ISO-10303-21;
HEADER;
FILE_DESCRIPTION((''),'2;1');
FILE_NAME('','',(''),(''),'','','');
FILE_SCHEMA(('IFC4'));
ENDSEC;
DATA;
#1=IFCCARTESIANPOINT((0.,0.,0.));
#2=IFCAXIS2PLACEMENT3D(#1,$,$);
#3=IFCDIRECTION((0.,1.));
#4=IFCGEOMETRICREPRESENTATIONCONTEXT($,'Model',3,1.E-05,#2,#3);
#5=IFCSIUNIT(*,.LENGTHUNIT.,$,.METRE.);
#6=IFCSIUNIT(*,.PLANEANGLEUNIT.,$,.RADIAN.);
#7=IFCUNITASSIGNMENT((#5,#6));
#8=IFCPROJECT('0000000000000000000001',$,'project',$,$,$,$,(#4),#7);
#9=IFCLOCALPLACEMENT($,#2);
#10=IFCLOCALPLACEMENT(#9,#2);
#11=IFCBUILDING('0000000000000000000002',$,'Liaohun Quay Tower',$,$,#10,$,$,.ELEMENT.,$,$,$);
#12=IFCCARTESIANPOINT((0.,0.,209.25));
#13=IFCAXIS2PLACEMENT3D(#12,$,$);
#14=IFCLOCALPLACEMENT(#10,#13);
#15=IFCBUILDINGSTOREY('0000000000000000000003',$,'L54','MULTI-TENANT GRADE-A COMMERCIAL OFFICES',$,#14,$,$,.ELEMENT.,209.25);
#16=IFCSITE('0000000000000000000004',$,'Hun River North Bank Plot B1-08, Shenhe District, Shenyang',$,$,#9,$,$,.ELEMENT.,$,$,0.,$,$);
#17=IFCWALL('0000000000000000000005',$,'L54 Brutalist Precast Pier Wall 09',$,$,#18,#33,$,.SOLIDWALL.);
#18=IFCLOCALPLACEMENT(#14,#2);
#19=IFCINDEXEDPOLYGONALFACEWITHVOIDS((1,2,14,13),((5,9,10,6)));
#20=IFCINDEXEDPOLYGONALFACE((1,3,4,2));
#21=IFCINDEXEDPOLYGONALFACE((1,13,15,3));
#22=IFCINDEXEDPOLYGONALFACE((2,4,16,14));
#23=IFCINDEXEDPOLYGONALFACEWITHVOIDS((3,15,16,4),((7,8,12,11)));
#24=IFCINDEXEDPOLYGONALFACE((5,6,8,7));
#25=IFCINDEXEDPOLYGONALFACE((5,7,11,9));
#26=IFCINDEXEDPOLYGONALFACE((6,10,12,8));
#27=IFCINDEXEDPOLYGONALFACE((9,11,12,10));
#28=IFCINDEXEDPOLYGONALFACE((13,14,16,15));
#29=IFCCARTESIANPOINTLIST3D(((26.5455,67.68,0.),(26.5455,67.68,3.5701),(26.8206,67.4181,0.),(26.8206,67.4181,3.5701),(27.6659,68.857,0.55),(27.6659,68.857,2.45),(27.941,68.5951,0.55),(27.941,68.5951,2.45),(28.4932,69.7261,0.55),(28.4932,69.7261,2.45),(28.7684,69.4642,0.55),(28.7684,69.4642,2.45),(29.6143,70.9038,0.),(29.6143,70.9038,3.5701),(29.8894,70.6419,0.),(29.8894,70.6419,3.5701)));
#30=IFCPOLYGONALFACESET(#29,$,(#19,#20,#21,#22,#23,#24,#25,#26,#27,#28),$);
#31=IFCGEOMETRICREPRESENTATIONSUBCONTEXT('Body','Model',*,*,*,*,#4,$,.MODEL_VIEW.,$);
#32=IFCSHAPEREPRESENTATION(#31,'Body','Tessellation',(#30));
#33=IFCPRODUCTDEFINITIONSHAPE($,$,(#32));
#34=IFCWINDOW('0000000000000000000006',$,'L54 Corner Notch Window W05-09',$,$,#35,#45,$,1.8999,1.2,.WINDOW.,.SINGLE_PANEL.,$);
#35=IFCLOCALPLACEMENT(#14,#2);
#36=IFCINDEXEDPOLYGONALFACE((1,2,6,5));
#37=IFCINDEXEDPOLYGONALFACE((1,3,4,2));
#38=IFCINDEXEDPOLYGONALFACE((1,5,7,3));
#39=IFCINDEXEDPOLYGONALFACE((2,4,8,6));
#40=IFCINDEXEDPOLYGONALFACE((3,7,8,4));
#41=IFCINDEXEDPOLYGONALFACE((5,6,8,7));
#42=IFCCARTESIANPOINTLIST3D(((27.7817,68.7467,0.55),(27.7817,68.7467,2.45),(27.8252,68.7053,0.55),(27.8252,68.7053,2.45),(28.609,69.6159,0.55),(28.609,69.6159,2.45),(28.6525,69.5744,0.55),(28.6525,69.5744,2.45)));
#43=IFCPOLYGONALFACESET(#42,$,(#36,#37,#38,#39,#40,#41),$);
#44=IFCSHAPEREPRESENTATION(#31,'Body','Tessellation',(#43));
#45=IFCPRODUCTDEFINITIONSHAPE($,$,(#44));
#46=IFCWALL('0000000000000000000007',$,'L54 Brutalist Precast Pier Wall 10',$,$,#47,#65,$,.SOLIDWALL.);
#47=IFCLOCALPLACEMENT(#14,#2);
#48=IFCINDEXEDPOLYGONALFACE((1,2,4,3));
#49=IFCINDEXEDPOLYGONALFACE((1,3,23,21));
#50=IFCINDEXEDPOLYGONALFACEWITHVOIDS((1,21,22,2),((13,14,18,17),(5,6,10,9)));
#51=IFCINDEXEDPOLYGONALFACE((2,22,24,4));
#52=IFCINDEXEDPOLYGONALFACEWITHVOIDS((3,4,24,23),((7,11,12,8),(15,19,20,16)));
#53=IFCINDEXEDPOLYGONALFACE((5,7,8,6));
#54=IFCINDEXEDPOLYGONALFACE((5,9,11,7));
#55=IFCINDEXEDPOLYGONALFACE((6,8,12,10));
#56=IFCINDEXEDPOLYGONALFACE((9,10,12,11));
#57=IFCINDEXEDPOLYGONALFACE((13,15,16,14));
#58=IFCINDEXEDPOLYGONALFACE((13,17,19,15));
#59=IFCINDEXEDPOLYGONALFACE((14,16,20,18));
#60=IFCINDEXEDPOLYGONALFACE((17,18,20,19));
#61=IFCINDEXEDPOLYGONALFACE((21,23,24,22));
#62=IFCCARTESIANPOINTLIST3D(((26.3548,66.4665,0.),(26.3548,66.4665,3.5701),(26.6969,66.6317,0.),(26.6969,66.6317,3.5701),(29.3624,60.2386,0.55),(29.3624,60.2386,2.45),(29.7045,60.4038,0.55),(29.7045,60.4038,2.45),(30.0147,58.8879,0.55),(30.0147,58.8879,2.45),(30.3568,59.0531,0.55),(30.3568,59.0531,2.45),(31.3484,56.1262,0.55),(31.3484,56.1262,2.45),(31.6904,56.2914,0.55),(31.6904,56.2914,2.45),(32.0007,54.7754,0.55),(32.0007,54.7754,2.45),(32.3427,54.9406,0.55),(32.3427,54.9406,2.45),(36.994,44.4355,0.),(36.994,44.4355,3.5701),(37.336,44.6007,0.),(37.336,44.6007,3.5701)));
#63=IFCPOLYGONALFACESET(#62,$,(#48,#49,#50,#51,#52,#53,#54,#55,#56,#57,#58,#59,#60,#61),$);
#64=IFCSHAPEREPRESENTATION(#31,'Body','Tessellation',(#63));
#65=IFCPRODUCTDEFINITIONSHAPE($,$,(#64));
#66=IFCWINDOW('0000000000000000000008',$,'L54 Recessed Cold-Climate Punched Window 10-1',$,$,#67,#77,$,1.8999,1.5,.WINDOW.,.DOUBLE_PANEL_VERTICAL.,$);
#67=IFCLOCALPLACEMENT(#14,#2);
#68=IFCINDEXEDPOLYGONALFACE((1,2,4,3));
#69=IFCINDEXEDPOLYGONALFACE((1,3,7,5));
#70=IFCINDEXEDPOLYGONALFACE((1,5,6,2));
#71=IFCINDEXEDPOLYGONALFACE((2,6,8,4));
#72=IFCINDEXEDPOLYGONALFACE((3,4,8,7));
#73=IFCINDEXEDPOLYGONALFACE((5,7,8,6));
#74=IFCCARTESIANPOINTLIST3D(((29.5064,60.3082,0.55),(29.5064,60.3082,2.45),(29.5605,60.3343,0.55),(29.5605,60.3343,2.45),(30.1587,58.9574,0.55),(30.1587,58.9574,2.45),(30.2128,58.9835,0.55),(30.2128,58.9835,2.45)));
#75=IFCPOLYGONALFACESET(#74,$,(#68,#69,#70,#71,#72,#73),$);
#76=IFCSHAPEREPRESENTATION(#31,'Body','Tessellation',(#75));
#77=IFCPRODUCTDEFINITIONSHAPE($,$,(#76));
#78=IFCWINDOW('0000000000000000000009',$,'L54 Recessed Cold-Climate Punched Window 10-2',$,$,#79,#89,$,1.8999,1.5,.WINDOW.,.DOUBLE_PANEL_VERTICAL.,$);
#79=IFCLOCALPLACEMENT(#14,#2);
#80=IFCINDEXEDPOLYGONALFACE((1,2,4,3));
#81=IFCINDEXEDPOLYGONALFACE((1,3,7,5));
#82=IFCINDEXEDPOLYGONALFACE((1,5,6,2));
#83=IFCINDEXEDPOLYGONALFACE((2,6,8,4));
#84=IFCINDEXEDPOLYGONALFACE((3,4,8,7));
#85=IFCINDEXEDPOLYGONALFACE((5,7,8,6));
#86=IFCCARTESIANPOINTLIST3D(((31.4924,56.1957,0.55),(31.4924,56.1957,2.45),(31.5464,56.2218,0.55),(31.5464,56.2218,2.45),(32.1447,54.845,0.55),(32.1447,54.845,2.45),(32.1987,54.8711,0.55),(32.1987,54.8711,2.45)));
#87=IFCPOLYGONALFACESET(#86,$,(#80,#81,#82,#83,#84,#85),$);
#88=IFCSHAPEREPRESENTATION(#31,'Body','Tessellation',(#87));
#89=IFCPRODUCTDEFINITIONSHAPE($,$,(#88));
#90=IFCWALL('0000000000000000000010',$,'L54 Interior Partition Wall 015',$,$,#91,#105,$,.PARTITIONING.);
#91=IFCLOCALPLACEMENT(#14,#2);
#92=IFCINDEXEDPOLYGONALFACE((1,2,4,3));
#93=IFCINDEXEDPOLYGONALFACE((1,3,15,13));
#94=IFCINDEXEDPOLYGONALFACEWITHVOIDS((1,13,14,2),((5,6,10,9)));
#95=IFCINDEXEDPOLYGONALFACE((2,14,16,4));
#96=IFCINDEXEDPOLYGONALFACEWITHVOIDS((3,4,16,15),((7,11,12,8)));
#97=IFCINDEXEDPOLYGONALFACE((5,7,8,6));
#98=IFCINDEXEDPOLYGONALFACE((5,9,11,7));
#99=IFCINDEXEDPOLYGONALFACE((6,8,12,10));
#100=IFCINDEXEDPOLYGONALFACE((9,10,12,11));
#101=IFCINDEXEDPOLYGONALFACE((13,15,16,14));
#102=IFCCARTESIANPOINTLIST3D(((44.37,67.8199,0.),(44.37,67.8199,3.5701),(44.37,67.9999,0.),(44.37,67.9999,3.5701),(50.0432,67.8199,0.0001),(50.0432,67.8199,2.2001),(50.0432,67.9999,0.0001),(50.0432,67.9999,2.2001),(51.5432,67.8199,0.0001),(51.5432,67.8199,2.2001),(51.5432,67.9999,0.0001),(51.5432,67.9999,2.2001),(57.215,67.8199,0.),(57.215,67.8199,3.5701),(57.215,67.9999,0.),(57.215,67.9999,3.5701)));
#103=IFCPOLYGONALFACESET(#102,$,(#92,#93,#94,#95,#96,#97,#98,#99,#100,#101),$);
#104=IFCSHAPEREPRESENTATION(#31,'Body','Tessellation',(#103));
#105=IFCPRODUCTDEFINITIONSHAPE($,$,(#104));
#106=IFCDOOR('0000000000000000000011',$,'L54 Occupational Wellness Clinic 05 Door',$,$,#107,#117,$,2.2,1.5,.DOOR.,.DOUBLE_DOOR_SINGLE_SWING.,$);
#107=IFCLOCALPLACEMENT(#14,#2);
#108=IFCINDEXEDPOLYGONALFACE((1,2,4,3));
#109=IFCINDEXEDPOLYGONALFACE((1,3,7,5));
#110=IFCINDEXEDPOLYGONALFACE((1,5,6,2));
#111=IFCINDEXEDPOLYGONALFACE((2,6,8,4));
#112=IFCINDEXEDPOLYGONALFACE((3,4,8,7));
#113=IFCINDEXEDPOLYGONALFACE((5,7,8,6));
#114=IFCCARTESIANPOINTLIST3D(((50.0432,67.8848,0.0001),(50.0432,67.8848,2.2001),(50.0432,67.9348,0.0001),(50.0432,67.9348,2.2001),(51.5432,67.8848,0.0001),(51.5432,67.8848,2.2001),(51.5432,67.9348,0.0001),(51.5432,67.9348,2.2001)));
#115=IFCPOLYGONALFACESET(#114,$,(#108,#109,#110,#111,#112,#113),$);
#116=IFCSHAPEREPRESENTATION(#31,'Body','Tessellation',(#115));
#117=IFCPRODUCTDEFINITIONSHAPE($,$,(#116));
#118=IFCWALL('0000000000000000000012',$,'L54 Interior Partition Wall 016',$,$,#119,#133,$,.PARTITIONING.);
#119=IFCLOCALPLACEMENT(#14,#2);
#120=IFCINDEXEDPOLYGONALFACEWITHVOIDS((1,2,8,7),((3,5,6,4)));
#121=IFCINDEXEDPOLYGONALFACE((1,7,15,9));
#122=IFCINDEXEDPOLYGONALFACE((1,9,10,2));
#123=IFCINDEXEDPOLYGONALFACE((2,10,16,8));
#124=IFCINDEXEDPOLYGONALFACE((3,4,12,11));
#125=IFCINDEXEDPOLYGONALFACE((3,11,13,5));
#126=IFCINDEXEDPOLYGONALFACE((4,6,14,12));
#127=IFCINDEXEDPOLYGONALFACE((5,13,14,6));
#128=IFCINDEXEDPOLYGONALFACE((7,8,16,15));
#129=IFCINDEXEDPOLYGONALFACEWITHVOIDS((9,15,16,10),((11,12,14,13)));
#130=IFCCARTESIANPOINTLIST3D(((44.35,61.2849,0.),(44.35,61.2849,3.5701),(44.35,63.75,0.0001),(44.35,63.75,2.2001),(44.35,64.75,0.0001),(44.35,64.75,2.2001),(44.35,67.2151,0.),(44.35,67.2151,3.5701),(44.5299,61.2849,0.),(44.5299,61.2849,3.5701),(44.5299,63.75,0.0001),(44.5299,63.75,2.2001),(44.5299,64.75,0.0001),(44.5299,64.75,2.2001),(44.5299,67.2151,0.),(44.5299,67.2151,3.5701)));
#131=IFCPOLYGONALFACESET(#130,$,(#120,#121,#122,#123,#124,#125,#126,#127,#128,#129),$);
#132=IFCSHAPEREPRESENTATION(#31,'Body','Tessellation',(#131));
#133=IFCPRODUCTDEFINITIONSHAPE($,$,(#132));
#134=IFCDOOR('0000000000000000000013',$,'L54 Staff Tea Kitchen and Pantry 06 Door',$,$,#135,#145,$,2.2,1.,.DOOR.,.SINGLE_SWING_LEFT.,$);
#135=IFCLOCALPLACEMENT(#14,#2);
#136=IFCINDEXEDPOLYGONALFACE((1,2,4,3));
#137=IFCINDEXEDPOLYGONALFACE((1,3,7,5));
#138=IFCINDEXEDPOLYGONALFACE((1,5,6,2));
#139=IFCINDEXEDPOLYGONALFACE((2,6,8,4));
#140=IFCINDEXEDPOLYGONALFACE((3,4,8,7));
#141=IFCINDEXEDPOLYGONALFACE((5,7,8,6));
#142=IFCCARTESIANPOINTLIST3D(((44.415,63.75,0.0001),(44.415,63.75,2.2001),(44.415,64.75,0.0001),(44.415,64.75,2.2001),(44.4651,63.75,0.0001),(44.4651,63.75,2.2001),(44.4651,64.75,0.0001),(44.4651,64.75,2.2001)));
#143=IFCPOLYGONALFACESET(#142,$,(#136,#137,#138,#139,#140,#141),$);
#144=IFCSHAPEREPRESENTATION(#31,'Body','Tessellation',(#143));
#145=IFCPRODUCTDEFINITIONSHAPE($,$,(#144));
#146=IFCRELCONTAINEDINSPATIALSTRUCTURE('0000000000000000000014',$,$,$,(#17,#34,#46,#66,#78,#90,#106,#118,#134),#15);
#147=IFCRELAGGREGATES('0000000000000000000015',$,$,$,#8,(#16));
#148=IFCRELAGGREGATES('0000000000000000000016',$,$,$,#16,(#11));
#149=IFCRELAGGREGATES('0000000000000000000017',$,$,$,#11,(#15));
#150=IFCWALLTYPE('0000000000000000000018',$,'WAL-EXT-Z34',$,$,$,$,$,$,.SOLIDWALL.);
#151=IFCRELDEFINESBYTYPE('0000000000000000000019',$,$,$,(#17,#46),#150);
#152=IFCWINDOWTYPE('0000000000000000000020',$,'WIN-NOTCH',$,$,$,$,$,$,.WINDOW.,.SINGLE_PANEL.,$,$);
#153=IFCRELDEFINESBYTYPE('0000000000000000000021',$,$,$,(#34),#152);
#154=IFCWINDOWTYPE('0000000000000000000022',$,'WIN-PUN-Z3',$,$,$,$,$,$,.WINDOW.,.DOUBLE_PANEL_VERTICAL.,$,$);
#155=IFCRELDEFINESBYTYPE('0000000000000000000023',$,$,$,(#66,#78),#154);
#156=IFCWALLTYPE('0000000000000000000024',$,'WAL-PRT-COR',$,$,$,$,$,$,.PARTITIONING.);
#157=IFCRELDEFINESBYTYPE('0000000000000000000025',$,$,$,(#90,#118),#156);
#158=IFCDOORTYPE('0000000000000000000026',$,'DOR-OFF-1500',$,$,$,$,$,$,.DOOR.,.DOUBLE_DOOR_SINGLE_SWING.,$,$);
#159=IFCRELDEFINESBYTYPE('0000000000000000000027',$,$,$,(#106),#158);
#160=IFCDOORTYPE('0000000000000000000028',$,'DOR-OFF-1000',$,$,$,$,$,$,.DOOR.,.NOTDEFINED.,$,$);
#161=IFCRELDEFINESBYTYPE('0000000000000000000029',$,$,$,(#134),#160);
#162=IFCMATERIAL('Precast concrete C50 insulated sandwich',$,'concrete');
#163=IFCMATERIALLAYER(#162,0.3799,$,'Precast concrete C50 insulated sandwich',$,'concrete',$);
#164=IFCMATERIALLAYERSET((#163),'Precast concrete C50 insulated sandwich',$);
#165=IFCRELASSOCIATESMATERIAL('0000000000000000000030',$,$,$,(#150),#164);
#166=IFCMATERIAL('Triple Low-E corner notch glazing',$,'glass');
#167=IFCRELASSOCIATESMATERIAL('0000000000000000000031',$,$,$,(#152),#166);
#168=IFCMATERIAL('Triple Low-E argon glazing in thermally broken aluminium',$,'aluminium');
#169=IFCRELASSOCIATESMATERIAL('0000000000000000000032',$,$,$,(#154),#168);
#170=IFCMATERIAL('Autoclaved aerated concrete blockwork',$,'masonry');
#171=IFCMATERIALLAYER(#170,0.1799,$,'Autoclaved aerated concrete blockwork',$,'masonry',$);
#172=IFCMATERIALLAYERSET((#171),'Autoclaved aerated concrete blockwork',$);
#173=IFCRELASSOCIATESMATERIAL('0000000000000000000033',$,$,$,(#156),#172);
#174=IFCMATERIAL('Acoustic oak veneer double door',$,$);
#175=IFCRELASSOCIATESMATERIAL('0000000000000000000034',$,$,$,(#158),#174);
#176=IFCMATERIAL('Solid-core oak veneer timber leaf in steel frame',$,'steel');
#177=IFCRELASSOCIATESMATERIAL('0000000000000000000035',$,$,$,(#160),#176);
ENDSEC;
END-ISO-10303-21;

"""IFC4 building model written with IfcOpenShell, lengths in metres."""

from ifc_helpers import new_model, si_unit, direction, frame, frame_2d, origin, place, context, subcontext, project, spatial, rectangle, extrude, source, transform, mapped, material, layer, layer_set, type_object, element, fill, save


model = new_model("IFC4")

# Units and contexts
model_context = context("Model", 3, precision=1e-05, world=origin(), true_north=direction((0.0, 1.0)))
body_context = subcontext(model_context, "Body", "Model", "MODEL_VIEW")
ifc_project = project(units=[si_unit("LENGTHUNIT", "METRE"), si_unit("PLANEANGLEUNIT", "RADIAN")], contexts=[model_context])

# Site, building, storey
site_placement = place(None, origin())
site = spatial("IfcSite", under=ifc_project, at=site_placement, Name="Hun River North Bank Plot B1-08, Shenhe District, Shenyang", CompositionType="ELEMENT", RefElevation=0.0)
building_placement = place(site_placement, origin())
building = spatial("IfcBuilding", under=site, at=building_placement, Name="Liaohun Quay Tower", CompositionType="ELEMENT")
storey_placement = place(building_placement, frame((0.0, 0.0, 209.25)))
storey = spatial("IfcBuildingStorey", under=building, at=storey_placement, Name="L54", Description="MULTI-TENANT GRADE-A COMMERCIAL OFFICES", CompositionType="ELEMENT", Elevation=209.25)

# Wall, opening, window
ifc_material_1 = material(Name="Precast concrete C50 insulated sandwich", Category="concrete")
ifc_layer_1 = layer(ifc_material_1, 0.3799, Name="Precast concrete C50 insulated sandwich", Category="concrete")
ifc_layer_set_1 = layer_set([ifc_layer_1], Name="Precast concrete C50 insulated sandwich")
wall_type_1 = type_object("IfcWallType", Name="WAL-EXT-Z34", PredefinedType="SOLIDWALL", material=ifc_layer_set_1)
shared_shape_1 = source(origin(), body_context, "Body", "SweptSolid", [
    extrude(rectangle(XDim=1.2, YDim=1.8999, at=frame_2d((0.6001, 0.95))), frame((0.0, 0.2, 0.0), z_axis=(0.0, -1.0, 0.0), x_axis=(1.0, 0.0, 0.0)), (0.0, 0.0, 1.0), 0.3999),
])
ifc_material_2 = material(Name="Triple Low-E corner notch glazing", Category="glass")
window_type_1 = type_object("IfcWindowType", Name="WIN-NOTCH", PartitioningType="SINGLE_PANEL", PredefinedType="WINDOW", material=ifc_material_2)
shared_shape_2 = source(origin(), body_context, "Body", "SweptSolid", [
    extrude(rectangle(XDim=1.2, YDim=1.8999, at=frame_2d((0.6001, 0.95))), frame((0.0, 0.03, 0.0), z_axis=(0.0, -1.0, 0.0), x_axis=(1.0, 0.0, 0.0)), (0.0, 0.0, 1.0), 0.0601),
])
wall_1_placement = place(storey_placement, frame((29.752, 70.7729, 0.0), z_axis=(0.0, 0.0, 1.0), x_axis=(-0.689477, -0.724307, 0.0)))
wall_1 = element("IfcWall", 1, at=wall_1_placement, inside=storey, type_object=wall_type_1, Name="L54 Brutalist Precast Pier Wall 09", PredefinedType="SOLIDWALL", context=body_context, shape_type="SweptSolid", body=[
    extrude(rectangle(XDim=4.4509, YDim=0.3799, at=frame_2d((2.2256, 0.0))), origin(), (0.0, 0.0, 1.0), 3.5701),
])
opening_1_placement = place(wall_1_placement, frame((1.626, 0.0, 0.55)))
opening_1 = element("IfcOpeningElement", 2, at=opening_1_placement, cuts=wall_1, PredefinedType="OPENING", context=body_context, shape_type="MappedRepresentation", body=[
    mapped(shared_shape_1, transform((0.0, 0.0, 0.0), x_axis=(1.0, 0.0, 0.0), y_axis=(0.0, 1.0, 0.0), z_axis=(0.0, 0.0, 1.0), scale=1.0)),
])
window_1_placement = place(opening_1_placement, origin())
window_1 = element("IfcWindow", 3, at=window_1_placement, inside=storey, type_object=window_type_1, Name="L54 Corner Notch Window W05-09", OverallHeight=1.8999, OverallWidth=1.2, PartitioningType="SINGLE_PANEL", PredefinedType="WINDOW", context=body_context, shape_type="MappedRepresentation", body=[
    mapped(shared_shape_2, transform((0.0, 0.0, 0.0), x_axis=(1.0, 0.0, 0.0), y_axis=(0.0, 1.0, 0.0), z_axis=(0.0, 0.0, 1.0), scale=1.0)),
])
fill(opening_1, window_1)

# Wall, openings, windows
wall_2_placement = place(storey_placement, frame((26.5259, 66.5491, 0.0), z_axis=(0.0, 0.0, 1.0), x_axis=(0.434865, -0.900496, 0.0)))
wall_2 = element("IfcWall", 4, at=wall_2_placement, inside=storey, type_object=wall_type_1, Name="L54 Brutalist Precast Pier Wall 10", PredefinedType="SOLIDWALL", context=body_context, shape_type="SweptSolid", body=[
    extrude(rectangle(XDim=24.4653, YDim=0.3799, at=frame_2d((12.2327, 0.0))), origin(), (0.0, 0.0, 1.0), 3.5701),
])
shared_shape_3 = source(origin(), body_context, "Body", "SweptSolid", [
    extrude(rectangle(XDim=1.5, YDim=1.8999, at=frame_2d((0.75, 0.95))), frame((0.0, 0.2, 0.0), z_axis=(0.0, -1.0, 0.0), x_axis=(1.0, 0.0, 0.0)), (0.0, 0.0, 1.0), 0.3999),
])
opening_2_placement = place(wall_2_placement, frame((6.916, 0.0, 0.55)))
opening_2 = element("IfcOpeningElement", 5, at=opening_2_placement, cuts=wall_2, PredefinedType="OPENING", context=body_context, shape_type="MappedRepresentation", body=[
    mapped(shared_shape_3, transform((0.0, 0.0, 0.0), x_axis=(1.0, 0.0, 0.0), y_axis=(0.0, 1.0, 0.0), z_axis=(0.0, 0.0, 1.0), scale=1.0)),
])
opening_3_placement = place(wall_2_placement, frame((11.4829, 0.0, 0.55)))
opening_3 = element("IfcOpeningElement", 6, at=opening_3_placement, cuts=wall_2, PredefinedType="OPENING", context=body_context, shape_type="MappedRepresentation", body=[
    mapped(shared_shape_3, transform((0.0, 0.0, 0.0), x_axis=(1.0, 0.0, 0.0), y_axis=(0.0, 1.0, 0.0), z_axis=(0.0, 0.0, 1.0), scale=1.0)),
])
ifc_material_3 = material(Name="Triple Low-E argon glazing in thermally broken aluminium", Category="aluminium")
window_type_2 = type_object("IfcWindowType", Name="WIN-PUN-Z3", PartitioningType="DOUBLE_PANEL_VERTICAL", PredefinedType="WINDOW", material=ifc_material_3)
shared_shape_4 = source(origin(), body_context, "Body", "SweptSolid", [
    extrude(rectangle(XDim=1.5, YDim=1.8999, at=frame_2d((0.75, 0.95))), frame((0.0, 0.03, 0.0), z_axis=(0.0, -1.0, 0.0), x_axis=(1.0, 0.0, 0.0)), (0.0, 0.0, 1.0), 0.0601),
])
window_2_placement = place(opening_2_placement, origin())
window_2 = element("IfcWindow", 7, at=window_2_placement, inside=storey, type_object=window_type_2, Name="L54 Recessed Cold-Climate Punched Window 10-1", OverallHeight=1.8999, OverallWidth=1.5, PartitioningType="DOUBLE_PANEL_VERTICAL", PredefinedType="WINDOW", context=body_context, shape_type="MappedRepresentation", body=[
    mapped(shared_shape_4, transform((0.0, 0.0, 0.0), x_axis=(1.0, 0.0, 0.0), y_axis=(0.0, 1.0, 0.0), z_axis=(0.0, 0.0, 1.0), scale=1.0)),
])
fill(opening_2, window_2)
window_3_placement = place(opening_3_placement, origin())
window_3 = element("IfcWindow", 8, at=window_3_placement, inside=storey, type_object=window_type_2, Name="L54 Recessed Cold-Climate Punched Window 10-2", OverallHeight=1.8999, OverallWidth=1.5, PartitioningType="DOUBLE_PANEL_VERTICAL", PredefinedType="WINDOW", context=body_context, shape_type="MappedRepresentation", body=[
    mapped(shared_shape_4, transform((0.0, 0.0, 0.0), x_axis=(1.0, 0.0, 0.0), y_axis=(0.0, 1.0, 0.0), z_axis=(0.0, 0.0, 1.0), scale=1.0)),
])
fill(opening_3, window_3)

# Walls, openings, doors
ifc_material_4 = material(Name="Autoclaved aerated concrete blockwork", Category="masonry")
ifc_layer_2 = layer(ifc_material_4, 0.1799, Name="Autoclaved aerated concrete blockwork", Category="masonry")
ifc_layer_set_2 = layer_set([ifc_layer_2], Name="Autoclaved aerated concrete blockwork")
wall_type_2 = type_object("IfcWallType", Name="WAL-PRT-COR", PredefinedType="PARTITIONING", material=ifc_layer_set_2)
wall_3_placement = place(storey_placement, frame((44.3701, 67.9099, 0.0), z_axis=(0.0, 0.0, 1.0), x_axis=(1.0, 0.0, 0.0)))
wall_3 = element("IfcWall", 9, at=wall_3_placement, inside=storey, type_object=wall_type_2, Name="L54 Interior Partition Wall 015", PredefinedType="PARTITIONING", context=body_context, shape_type="SweptSolid", body=[
    extrude(rectangle(XDim=12.845, YDim=0.1799, at=frame_2d((6.4224, 0.0))), origin(), (0.0, 0.0, 1.0), 3.5701),
])
shared_shape_5 = source(origin(), body_context, "Body", "SweptSolid", [
    extrude(rectangle(XDim=1.5, YDim=2.2, at=frame_2d((0.75, 1.1001))), frame((0.0, 0.0999, 0.0), z_axis=(0.0, -1.0, 0.0), x_axis=(1.0, 0.0, 0.0)), (0.0, 0.0, 1.0), 0.2),
])
opening_4_placement = place(wall_3_placement, frame((5.6731, 0.0, 0.0)))
opening_4 = element("IfcOpeningElement", 10, at=opening_4_placement, cuts=wall_3, PredefinedType="OPENING", context=body_context, shape_type="MappedRepresentation", body=[
    mapped(shared_shape_5, transform((0.0, 0.0, 0.0), x_axis=(1.0, 0.0, 0.0), y_axis=(0.0, 1.0, 0.0), z_axis=(0.0, 0.0, 1.0), scale=1.0)),
])
ifc_material_5 = material(Name="Acoustic oak veneer double door")
door_type_1 = type_object("IfcDoorType", Name="DOR-OFF-1500", OperationType="DOUBLE_DOOR_SINGLE_SWING", PredefinedType="DOOR", material=ifc_material_5)
shared_shape_6 = source(origin(), body_context, "Body", "SweptSolid", [
    extrude(rectangle(XDim=1.5, YDim=2.2, at=frame_2d((0.75, 1.1001))), frame((0.0, 0.0249, 0.0), z_axis=(0.0, -1.0, 0.0), x_axis=(1.0, 0.0, 0.0)), (0.0, 0.0, 1.0), 0.05),
])
door_1_placement = place(opening_4_placement, origin())
door_1 = element("IfcDoor", 11, at=door_1_placement, inside=storey, type_object=door_type_1, Name="L54 Occupational Wellness Clinic 05 Door", OperationType="DOUBLE_DOOR_SINGLE_SWING", OverallHeight=2.2, OverallWidth=1.5, PredefinedType="DOOR", context=body_context, shape_type="MappedRepresentation", body=[
    mapped(shared_shape_6, transform((0.0, 0.0, 0.0), x_axis=(1.0, 0.0, 0.0), y_axis=(0.0, 1.0, 0.0), z_axis=(0.0, 0.0, 1.0), scale=1.0)),
])
fill(opening_4, door_1)
wall_4_placement = place(storey_placement, frame((44.4399, 61.2849, 0.0), z_axis=(0.0, 0.0, 1.0), x_axis=(0.0, 1.0, 0.0)))
wall_4 = element("IfcWall", 12, at=wall_4_placement, inside=storey, type_object=wall_type_2, Name="L54 Interior Partition Wall 016", PredefinedType="PARTITIONING", context=body_context, shape_type="SweptSolid", body=[
    extrude(rectangle(XDim=5.9302, YDim=0.1799, at=frame_2d((2.9651, 0.0))), origin(), (0.0, 0.0, 1.0), 3.5701),
])
shared_shape_7 = source(origin(), body_context, "Body", "SweptSolid", [
    extrude(rectangle(XDim=1.0, YDim=2.2, at=frame_2d((0.5, 1.1001))), frame((0.0, 0.0999, 0.0), z_axis=(0.0, -1.0, 0.0), x_axis=(1.0, 0.0, 0.0)), (0.0, 0.0, 1.0), 0.2),
])
opening_5_placement = place(wall_4_placement, frame((2.4651, 0.0, 0.0)))
opening_5 = element("IfcOpeningElement", 13, at=opening_5_placement, cuts=wall_4, PredefinedType="OPENING", context=body_context, shape_type="MappedRepresentation", body=[
    mapped(shared_shape_7, transform((0.0, 0.0, 0.0), x_axis=(1.0, 0.0, 0.0), y_axis=(0.0, 1.0, 0.0), z_axis=(0.0, 0.0, 1.0), scale=1.0)),
])
ifc_material_6 = material(Name="Solid-core oak veneer timber leaf in steel frame", Category="steel")
door_type_2 = type_object("IfcDoorType", Name="DOR-OFF-1000", OperationType="NOTDEFINED", PredefinedType="DOOR", material=ifc_material_6)
shared_shape_8 = source(origin(), body_context, "Body", "SweptSolid", [
    extrude(rectangle(XDim=1.0, YDim=2.2, at=frame_2d((0.5, 1.1001))), frame((0.0, 0.0249, 0.0), z_axis=(0.0, -1.0, 0.0), x_axis=(1.0, 0.0, 0.0)), (0.0, 0.0, 1.0), 0.05),
])
door_2_placement = place(opening_5_placement, origin())
door_2 = element("IfcDoor", 14, at=door_2_placement, inside=storey, type_object=door_type_2, Name="L54 Staff Tea Kitchen and Pantry 06 Door", OperationType="SINGLE_SWING_LEFT", OverallHeight=2.2, OverallWidth=1.0, PredefinedType="DOOR", context=body_context, shape_type="MappedRepresentation", body=[
    mapped(shared_shape_8, transform((0.0, 0.0, 0.0), x_axis=(1.0, 0.0, 0.0), y_axis=(0.0, 1.0, 0.0), z_axis=(0.0, 0.0, 1.0), scale=1.0)),
])
fill(opening_5, door_2)

save(model, "model.ifc")
